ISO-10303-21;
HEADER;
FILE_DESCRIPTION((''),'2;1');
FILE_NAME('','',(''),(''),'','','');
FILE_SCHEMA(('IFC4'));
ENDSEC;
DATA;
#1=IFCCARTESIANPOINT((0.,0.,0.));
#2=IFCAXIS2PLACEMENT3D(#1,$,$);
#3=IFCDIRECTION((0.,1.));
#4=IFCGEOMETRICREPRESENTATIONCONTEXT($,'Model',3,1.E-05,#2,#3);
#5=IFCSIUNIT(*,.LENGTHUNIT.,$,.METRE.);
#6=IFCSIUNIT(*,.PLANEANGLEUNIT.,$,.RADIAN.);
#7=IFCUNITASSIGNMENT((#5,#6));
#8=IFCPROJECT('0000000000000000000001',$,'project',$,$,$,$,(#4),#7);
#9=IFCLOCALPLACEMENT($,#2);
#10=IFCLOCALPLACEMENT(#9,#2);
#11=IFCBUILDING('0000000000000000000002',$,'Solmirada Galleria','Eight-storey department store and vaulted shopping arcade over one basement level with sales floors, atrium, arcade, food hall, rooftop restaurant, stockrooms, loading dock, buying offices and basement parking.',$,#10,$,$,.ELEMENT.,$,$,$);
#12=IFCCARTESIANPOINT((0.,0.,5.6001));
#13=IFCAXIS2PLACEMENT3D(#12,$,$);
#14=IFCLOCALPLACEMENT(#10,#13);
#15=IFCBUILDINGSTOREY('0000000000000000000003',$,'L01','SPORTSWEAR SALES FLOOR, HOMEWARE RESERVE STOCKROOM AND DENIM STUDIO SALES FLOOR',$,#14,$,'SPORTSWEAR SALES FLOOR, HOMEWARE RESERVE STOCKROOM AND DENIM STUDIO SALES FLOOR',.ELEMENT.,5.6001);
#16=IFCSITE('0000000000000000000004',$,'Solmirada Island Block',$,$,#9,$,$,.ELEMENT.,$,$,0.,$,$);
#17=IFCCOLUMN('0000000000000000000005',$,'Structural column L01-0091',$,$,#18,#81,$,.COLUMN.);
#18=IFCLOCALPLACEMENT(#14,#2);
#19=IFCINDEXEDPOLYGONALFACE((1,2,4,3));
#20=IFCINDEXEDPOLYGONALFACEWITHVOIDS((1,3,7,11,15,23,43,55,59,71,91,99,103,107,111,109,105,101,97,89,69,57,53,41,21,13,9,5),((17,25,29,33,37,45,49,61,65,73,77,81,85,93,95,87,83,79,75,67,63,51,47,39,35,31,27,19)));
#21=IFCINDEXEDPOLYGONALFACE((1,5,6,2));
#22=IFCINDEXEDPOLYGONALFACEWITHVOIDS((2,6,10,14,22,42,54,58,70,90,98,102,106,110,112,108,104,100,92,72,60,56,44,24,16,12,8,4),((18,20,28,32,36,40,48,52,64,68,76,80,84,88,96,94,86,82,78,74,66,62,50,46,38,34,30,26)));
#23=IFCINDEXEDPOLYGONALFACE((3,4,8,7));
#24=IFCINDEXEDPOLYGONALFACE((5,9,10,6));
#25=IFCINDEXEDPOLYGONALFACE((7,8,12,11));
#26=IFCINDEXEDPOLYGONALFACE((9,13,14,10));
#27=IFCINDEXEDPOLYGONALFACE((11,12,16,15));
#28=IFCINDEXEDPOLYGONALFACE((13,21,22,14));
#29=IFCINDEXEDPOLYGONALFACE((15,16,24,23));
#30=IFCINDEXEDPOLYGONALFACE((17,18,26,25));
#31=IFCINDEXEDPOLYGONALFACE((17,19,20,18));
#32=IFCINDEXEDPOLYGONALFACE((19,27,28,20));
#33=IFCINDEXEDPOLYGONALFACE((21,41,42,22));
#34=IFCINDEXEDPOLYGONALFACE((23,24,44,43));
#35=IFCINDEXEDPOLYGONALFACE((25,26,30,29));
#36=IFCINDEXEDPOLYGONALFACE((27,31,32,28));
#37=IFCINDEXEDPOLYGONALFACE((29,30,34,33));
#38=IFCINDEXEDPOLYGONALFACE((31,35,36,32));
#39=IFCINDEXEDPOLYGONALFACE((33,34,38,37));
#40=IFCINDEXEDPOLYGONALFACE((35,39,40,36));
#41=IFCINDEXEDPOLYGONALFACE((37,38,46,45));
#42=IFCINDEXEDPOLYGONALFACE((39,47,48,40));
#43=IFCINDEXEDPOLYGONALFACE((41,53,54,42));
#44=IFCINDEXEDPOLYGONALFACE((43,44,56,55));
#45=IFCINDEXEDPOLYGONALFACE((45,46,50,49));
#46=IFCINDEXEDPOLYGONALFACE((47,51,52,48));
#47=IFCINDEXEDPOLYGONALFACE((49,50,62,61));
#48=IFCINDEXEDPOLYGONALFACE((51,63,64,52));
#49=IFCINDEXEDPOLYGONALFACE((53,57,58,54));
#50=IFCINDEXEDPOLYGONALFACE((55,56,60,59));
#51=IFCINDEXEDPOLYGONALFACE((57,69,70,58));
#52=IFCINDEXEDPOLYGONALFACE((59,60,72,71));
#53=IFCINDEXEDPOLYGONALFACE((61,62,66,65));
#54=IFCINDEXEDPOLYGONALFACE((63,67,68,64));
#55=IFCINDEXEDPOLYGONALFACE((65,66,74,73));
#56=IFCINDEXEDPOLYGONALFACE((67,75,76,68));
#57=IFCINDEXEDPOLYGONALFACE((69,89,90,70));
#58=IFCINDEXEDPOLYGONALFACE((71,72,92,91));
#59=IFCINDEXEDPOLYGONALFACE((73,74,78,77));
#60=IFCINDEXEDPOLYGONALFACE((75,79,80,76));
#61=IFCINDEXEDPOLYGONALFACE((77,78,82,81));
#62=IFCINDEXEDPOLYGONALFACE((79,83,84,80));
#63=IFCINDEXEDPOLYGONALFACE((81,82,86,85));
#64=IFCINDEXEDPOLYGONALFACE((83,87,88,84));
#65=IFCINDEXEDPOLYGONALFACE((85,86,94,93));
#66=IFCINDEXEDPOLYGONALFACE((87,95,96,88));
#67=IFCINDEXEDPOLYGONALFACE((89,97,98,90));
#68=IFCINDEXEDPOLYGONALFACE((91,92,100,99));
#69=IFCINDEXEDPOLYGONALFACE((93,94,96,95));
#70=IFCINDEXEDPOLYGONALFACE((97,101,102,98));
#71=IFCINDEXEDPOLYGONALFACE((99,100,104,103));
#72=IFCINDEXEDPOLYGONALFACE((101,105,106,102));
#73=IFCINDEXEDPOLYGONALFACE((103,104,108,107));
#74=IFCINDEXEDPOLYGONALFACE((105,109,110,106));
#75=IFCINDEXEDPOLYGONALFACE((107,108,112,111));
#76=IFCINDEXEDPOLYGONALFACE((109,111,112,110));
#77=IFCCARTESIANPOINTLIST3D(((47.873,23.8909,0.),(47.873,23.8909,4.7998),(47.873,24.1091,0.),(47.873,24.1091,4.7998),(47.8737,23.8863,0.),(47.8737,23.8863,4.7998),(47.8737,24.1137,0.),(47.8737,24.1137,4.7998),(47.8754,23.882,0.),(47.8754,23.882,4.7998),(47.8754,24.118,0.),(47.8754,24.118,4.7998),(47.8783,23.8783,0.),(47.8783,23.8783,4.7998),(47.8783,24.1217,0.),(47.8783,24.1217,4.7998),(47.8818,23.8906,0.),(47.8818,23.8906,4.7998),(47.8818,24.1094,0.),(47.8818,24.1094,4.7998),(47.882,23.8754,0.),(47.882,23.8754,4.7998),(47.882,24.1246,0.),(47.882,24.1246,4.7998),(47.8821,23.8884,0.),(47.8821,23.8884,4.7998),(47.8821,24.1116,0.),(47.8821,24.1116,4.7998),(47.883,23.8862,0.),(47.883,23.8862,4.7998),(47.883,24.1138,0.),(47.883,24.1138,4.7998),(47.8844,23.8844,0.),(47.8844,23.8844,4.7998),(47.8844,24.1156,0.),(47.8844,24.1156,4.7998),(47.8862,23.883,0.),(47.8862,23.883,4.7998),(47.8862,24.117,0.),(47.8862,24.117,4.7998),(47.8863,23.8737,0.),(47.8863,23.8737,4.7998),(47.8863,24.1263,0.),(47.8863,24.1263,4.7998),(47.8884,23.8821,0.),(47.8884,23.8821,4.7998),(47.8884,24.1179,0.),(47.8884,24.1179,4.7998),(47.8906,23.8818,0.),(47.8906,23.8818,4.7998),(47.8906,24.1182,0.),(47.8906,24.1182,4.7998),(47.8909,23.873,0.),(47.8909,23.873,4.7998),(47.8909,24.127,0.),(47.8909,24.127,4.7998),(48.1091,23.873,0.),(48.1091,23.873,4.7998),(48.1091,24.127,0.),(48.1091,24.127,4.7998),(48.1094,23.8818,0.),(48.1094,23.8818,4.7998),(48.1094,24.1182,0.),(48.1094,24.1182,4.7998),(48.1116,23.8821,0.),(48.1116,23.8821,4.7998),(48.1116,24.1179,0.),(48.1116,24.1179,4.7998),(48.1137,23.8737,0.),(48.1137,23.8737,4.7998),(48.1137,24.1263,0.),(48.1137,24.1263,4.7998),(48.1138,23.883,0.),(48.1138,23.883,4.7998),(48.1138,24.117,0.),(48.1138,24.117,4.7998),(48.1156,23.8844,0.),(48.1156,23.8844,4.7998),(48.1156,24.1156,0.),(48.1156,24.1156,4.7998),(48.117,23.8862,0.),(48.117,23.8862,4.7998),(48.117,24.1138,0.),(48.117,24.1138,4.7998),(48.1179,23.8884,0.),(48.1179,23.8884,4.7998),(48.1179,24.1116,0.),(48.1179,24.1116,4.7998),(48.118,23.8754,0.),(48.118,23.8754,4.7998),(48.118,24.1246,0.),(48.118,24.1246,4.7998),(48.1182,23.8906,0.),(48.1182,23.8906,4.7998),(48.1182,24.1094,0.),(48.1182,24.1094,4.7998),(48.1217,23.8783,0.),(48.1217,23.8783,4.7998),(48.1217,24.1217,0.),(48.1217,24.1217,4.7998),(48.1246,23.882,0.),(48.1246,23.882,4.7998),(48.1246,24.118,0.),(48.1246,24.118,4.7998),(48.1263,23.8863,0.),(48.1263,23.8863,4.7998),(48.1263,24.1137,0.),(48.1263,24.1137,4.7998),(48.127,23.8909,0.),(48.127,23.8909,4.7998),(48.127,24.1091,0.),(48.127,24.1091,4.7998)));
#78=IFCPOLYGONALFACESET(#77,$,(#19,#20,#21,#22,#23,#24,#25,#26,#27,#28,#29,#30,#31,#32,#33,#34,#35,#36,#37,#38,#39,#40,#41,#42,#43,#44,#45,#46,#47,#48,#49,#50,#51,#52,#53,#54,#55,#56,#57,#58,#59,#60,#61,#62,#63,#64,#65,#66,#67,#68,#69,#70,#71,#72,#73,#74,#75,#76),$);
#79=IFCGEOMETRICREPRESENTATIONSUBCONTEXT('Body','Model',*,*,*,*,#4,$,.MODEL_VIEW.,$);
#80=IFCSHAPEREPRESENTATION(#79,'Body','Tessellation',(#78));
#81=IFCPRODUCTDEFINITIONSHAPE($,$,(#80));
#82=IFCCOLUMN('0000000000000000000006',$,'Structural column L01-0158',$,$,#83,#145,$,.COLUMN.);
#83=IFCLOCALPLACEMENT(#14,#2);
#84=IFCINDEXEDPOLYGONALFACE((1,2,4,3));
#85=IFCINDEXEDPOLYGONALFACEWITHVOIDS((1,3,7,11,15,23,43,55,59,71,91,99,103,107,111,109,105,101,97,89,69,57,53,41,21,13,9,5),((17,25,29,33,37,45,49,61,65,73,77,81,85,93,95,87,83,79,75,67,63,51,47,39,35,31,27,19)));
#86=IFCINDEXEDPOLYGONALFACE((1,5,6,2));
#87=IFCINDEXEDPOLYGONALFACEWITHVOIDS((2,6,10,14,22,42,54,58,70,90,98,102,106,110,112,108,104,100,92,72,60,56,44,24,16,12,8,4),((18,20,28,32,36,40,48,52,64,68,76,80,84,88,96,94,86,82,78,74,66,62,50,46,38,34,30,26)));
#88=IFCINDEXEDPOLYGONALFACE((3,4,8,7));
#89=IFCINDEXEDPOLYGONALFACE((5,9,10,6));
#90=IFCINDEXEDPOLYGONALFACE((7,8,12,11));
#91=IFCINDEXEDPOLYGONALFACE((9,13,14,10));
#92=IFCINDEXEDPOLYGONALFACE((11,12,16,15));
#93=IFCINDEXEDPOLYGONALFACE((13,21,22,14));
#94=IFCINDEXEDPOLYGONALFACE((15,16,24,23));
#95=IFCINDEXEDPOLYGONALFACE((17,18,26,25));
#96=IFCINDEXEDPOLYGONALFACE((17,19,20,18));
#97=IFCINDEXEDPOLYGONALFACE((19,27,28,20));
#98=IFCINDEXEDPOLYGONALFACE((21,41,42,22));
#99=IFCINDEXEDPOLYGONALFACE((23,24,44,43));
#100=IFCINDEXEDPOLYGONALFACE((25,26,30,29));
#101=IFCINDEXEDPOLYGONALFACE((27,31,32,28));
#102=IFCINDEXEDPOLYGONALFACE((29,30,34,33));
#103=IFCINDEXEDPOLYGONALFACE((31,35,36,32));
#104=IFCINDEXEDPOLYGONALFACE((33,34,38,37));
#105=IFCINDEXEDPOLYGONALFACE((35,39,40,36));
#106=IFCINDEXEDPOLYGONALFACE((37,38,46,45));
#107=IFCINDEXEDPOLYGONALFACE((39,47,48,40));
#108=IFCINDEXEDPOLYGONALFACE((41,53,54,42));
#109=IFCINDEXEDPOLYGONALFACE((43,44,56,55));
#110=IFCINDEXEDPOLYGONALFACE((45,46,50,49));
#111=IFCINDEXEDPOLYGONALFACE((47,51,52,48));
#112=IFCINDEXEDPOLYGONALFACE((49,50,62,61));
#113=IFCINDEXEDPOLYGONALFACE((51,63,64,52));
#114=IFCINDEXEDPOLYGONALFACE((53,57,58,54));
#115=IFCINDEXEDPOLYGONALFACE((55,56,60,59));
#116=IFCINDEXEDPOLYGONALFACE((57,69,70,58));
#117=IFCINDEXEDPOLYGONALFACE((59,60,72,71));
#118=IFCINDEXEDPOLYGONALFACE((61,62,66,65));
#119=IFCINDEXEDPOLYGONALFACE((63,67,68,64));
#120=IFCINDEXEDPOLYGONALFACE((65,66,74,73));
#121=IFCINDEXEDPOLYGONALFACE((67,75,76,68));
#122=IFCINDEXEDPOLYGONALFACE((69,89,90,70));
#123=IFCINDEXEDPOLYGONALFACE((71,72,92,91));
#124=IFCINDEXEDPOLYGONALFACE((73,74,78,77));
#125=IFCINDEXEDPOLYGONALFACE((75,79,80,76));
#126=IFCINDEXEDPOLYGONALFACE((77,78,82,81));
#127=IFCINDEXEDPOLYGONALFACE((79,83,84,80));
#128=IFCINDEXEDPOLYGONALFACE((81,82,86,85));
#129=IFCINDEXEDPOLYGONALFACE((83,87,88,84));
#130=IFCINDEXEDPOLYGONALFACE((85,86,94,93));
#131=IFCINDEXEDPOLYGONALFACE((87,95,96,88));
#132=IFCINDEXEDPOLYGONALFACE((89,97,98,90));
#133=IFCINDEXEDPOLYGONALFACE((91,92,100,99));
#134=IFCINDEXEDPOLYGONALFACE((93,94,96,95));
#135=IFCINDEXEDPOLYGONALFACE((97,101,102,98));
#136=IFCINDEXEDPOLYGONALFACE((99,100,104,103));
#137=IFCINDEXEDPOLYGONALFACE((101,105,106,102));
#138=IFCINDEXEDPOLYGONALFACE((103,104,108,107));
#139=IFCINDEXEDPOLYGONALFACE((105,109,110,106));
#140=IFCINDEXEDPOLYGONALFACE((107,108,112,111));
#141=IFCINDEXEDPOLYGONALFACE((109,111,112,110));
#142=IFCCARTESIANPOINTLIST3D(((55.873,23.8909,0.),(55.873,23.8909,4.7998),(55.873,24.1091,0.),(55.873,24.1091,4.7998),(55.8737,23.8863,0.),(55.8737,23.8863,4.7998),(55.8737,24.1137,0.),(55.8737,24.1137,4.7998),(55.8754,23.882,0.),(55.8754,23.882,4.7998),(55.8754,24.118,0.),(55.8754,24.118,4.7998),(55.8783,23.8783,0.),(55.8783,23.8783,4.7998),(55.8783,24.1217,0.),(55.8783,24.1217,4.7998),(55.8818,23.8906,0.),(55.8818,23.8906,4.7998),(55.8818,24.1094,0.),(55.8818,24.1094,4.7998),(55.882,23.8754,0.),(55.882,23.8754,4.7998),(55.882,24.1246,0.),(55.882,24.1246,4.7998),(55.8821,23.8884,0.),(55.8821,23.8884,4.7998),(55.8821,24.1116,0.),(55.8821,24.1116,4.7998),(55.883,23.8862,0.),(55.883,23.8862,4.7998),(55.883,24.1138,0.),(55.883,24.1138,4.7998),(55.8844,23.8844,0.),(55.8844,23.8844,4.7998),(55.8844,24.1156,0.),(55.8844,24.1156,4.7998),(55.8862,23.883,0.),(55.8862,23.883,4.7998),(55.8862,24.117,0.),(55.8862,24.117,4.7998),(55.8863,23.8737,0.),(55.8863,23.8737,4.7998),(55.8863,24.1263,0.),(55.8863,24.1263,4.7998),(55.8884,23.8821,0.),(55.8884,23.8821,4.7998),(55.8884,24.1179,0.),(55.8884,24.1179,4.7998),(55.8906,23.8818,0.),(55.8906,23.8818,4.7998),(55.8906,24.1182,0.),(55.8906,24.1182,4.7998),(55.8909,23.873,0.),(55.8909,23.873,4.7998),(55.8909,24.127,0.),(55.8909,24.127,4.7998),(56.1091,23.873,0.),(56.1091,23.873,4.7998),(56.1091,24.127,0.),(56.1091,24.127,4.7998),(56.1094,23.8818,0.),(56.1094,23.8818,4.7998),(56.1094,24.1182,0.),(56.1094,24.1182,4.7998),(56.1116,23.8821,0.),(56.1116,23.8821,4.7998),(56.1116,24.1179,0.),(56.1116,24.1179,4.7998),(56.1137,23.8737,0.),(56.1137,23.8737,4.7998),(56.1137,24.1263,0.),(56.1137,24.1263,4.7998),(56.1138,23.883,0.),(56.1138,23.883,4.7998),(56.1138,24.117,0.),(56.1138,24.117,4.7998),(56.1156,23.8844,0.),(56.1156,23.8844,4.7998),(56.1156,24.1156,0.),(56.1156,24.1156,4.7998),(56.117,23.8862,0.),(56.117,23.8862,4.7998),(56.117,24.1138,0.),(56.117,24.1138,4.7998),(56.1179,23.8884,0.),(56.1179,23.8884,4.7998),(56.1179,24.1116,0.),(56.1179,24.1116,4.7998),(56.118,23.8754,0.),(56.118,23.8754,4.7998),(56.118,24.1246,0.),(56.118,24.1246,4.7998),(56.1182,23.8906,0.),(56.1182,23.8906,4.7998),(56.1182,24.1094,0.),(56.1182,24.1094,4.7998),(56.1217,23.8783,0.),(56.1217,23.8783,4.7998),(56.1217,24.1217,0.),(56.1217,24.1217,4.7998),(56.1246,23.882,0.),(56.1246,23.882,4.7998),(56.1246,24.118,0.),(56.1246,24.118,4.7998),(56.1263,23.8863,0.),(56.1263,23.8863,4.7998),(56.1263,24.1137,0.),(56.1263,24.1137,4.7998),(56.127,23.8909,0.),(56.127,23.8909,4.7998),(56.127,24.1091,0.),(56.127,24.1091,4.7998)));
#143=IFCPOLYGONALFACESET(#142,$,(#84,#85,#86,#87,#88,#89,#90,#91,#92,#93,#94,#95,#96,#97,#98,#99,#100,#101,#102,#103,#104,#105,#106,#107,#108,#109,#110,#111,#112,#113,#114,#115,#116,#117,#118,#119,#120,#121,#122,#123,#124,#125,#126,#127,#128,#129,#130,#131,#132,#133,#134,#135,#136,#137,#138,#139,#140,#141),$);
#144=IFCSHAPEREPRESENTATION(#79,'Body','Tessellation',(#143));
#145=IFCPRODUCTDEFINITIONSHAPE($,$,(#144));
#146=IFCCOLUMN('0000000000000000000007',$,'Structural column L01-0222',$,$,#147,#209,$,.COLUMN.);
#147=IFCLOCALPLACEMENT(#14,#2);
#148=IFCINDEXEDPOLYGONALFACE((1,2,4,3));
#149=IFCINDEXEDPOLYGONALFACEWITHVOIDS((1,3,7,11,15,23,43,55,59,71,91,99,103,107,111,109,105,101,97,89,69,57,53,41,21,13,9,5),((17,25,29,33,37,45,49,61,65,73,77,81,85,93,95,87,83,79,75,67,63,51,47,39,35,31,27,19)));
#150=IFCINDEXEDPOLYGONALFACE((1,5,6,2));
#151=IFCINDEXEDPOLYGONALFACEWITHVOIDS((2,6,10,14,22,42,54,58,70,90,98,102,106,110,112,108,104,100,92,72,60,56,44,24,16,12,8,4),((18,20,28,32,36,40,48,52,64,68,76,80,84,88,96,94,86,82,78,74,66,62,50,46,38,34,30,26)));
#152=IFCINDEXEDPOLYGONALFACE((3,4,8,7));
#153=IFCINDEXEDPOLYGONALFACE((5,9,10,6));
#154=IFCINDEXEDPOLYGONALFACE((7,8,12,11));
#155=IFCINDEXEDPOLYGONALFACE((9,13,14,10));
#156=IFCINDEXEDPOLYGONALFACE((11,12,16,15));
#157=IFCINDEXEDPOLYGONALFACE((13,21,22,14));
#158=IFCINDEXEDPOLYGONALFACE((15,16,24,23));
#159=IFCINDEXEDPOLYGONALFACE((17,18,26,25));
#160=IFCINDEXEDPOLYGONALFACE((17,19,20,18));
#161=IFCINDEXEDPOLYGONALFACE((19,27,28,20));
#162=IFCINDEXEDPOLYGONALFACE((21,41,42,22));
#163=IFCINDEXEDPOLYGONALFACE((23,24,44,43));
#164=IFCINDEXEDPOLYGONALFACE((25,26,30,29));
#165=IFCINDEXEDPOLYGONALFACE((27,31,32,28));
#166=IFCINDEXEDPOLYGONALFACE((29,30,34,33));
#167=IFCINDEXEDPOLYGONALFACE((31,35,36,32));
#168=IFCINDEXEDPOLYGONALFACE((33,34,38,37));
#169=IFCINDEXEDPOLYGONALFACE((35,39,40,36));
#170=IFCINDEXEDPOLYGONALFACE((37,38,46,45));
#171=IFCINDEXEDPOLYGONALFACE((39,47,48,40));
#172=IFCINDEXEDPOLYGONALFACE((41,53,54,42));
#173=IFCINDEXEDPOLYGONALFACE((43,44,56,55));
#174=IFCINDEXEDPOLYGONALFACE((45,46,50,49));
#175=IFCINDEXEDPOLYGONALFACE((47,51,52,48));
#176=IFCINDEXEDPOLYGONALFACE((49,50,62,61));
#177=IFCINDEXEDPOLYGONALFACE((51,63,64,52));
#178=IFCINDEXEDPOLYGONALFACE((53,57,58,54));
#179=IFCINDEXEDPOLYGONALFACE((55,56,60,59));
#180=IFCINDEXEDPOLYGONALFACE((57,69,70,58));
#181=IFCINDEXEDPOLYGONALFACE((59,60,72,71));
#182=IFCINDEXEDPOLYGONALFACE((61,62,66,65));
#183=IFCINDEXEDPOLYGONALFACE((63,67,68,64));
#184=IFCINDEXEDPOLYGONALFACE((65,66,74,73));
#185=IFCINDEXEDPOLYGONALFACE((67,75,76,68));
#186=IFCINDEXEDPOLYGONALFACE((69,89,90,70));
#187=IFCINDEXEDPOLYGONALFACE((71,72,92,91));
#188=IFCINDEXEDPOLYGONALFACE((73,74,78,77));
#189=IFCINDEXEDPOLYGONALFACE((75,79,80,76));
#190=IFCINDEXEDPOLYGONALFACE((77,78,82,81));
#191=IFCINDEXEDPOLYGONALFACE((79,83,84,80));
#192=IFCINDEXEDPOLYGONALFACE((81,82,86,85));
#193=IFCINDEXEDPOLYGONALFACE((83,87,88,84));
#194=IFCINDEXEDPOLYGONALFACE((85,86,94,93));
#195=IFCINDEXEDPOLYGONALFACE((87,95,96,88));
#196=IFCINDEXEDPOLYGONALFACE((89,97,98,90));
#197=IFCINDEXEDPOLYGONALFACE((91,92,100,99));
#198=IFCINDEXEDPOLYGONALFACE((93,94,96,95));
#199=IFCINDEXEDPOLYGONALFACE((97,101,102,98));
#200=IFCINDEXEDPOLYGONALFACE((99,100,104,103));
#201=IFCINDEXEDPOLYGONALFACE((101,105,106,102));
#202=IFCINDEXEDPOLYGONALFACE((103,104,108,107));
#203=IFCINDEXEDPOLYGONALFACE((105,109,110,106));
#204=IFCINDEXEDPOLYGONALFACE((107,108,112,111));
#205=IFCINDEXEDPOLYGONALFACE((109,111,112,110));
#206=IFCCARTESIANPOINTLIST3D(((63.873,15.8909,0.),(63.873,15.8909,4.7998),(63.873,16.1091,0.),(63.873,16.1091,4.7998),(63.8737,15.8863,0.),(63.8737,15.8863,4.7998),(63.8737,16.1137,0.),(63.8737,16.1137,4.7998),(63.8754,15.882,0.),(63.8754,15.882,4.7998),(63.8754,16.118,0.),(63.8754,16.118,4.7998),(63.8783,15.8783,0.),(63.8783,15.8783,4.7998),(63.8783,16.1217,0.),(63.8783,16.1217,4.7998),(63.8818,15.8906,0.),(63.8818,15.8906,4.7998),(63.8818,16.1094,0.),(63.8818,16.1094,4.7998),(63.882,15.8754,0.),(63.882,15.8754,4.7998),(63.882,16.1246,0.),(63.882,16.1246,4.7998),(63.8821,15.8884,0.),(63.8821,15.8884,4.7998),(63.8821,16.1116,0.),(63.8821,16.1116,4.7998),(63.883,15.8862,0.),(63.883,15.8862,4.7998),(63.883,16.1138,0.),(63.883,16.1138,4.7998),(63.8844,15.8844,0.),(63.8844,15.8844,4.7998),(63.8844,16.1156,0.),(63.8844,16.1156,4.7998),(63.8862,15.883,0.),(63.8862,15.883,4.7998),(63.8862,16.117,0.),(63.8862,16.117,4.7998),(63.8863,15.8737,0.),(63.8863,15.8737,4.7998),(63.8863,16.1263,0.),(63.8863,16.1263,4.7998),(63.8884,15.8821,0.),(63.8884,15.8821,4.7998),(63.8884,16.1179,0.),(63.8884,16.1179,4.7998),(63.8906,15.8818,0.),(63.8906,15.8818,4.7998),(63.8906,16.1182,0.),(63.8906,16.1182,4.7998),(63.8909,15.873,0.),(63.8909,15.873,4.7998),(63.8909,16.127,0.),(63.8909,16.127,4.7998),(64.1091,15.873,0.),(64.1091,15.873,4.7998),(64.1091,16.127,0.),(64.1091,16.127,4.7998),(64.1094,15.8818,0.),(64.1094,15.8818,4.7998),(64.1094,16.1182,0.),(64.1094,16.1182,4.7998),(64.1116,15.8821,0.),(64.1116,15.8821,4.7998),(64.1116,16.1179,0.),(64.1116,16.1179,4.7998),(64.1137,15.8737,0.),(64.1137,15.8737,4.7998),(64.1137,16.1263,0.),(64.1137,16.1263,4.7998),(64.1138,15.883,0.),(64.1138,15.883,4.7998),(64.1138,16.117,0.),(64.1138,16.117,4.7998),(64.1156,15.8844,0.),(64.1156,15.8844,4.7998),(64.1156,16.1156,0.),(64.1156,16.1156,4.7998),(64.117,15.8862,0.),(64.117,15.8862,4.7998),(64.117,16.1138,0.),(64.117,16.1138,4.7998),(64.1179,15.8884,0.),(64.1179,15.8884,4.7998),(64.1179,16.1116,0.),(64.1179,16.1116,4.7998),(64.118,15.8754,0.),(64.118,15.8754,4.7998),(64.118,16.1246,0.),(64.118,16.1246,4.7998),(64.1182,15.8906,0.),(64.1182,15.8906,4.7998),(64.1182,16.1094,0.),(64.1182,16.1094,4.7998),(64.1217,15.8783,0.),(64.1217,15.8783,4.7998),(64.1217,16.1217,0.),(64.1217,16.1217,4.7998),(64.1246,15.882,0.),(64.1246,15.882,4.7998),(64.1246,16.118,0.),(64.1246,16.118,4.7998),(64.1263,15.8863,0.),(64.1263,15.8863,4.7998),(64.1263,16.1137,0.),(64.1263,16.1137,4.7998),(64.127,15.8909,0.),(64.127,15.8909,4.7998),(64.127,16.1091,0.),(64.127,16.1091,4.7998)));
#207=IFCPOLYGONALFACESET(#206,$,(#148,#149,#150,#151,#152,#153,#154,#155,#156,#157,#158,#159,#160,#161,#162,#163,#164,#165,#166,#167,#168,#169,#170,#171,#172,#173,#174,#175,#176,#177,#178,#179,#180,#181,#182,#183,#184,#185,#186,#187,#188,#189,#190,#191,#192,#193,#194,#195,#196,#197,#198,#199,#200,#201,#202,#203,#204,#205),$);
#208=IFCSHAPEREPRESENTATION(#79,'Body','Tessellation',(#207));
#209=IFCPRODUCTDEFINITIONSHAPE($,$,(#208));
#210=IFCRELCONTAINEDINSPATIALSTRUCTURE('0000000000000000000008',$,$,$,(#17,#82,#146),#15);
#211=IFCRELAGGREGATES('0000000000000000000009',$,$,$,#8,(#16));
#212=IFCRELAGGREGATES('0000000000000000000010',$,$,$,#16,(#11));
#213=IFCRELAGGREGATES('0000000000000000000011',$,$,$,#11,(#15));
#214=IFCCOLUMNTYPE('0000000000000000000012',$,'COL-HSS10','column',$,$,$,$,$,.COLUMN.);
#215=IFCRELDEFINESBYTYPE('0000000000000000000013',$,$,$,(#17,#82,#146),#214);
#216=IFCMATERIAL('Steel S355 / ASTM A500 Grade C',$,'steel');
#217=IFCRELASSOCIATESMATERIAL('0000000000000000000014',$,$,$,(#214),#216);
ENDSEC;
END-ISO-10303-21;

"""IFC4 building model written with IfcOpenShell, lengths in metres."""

from ifc_helpers import new_model, si_unit, direction, frame, origin, origin_2d, place, context, subcontext, project, spatial, hollow_rectangle, extrude, material, material_profile, profile_set, type_object, element, save


model = new_model("IFC4")

# Units and contexts
model_context = context("Model", 3, precision=1e-05, world=origin(), true_north=direction((0.0, 1.0)))
body_context = subcontext(model_context, "Body", "Model", "MODEL_VIEW")
ifc_project = project(units=[si_unit("LENGTHUNIT", "METRE"), si_unit("PLANEANGLEUNIT", "RADIAN")], contexts=[model_context])

# Site, building, storey
site_placement = place(None, origin())
site = spatial("IfcSite", under=ifc_project, at=site_placement, Name="Solmirada Island Block", CompositionType="ELEMENT", RefElevation=0.0)
building_placement = place(site_placement, origin())
building = spatial("IfcBuilding", under=site, at=building_placement, Name="Solmirada Galleria", Description="Eight-storey department store and vaulted shopping arcade over one basement level with sales floors, atrium, arcade, food hall, rooftop restaurant, stockrooms, loading dock, buying offices and basement parking.", CompositionType="ELEMENT")
storey_placement = place(building_placement, frame((0.0, 0.0, 5.6001)))
storey = spatial("IfcBuildingStorey", under=building, at=storey_placement, Name="L01", Description="SPORTSWEAR SALES FLOOR, HOMEWARE RESERVE STOCKROOM AND DENIM STUDIO SALES FLOOR", LongName="SPORTSWEAR SALES FLOOR, HOMEWARE RESERVE STOCKROOM AND DENIM STUDIO SALES FLOOR", CompositionType="ELEMENT", Elevation=5.6001)

# Columns
ifc_material_1 = material(Name="Steel S355 / ASTM A500 Grade C", Category="steel")
ifc_material_profile_1 = material_profile(ifc_material_1, hollow_rectangle(XDim=0.2539, YDim=0.2539, WallThickness=0.0088, InnerFilletRadius=0.0088, OuterFilletRadius=0.0178, at=origin_2d()), Name="HSS10X10X3/8")
ifc_profile_set_1 = profile_set([ifc_material_profile_1], Name="Steel S355 / ASTM A500 Grade C")
column_type = type_object("IfcColumnType", Name="COL-HSS10", Description="column", PredefinedType="COLUMN", material=ifc_profile_set_1)
for number, where, z_axis, x_axis, name in (
    (1, (48.0, 24.0, 0.0), (0.0, 0.0, 1.0), (1.0, 0.0, 0.0), "Structural column L01-0091"),
    (2, (56.0, 24.0, 0.0), (0.0, 0.0, 1.0), (1.0, 0.0, 0.0), "Structural column L01-0158"),
    (3, (64.0, 16.0, 0.0), (0.0, 0.0, 1.0), (1.0, 0.0, 0.0), "Structural column L01-0222"),
):
    element("IfcColumn", number, at=place(storey_placement, frame(where, z_axis=z_axis, x_axis=x_axis)), inside=storey, type_object=column_type, Name=name, PredefinedType="COLUMN", context=body_context, shape_type="SweptSolid", body=[
        extrude(hollow_rectangle(XDim=0.2539, YDim=0.2539, WallThickness=0.0088, InnerFilletRadius=0.0088, OuterFilletRadius=0.0178, at=origin_2d()), origin(), (0.0, 0.0, 1.0), 4.7998),
    ])

save(model, "model.ifc")
